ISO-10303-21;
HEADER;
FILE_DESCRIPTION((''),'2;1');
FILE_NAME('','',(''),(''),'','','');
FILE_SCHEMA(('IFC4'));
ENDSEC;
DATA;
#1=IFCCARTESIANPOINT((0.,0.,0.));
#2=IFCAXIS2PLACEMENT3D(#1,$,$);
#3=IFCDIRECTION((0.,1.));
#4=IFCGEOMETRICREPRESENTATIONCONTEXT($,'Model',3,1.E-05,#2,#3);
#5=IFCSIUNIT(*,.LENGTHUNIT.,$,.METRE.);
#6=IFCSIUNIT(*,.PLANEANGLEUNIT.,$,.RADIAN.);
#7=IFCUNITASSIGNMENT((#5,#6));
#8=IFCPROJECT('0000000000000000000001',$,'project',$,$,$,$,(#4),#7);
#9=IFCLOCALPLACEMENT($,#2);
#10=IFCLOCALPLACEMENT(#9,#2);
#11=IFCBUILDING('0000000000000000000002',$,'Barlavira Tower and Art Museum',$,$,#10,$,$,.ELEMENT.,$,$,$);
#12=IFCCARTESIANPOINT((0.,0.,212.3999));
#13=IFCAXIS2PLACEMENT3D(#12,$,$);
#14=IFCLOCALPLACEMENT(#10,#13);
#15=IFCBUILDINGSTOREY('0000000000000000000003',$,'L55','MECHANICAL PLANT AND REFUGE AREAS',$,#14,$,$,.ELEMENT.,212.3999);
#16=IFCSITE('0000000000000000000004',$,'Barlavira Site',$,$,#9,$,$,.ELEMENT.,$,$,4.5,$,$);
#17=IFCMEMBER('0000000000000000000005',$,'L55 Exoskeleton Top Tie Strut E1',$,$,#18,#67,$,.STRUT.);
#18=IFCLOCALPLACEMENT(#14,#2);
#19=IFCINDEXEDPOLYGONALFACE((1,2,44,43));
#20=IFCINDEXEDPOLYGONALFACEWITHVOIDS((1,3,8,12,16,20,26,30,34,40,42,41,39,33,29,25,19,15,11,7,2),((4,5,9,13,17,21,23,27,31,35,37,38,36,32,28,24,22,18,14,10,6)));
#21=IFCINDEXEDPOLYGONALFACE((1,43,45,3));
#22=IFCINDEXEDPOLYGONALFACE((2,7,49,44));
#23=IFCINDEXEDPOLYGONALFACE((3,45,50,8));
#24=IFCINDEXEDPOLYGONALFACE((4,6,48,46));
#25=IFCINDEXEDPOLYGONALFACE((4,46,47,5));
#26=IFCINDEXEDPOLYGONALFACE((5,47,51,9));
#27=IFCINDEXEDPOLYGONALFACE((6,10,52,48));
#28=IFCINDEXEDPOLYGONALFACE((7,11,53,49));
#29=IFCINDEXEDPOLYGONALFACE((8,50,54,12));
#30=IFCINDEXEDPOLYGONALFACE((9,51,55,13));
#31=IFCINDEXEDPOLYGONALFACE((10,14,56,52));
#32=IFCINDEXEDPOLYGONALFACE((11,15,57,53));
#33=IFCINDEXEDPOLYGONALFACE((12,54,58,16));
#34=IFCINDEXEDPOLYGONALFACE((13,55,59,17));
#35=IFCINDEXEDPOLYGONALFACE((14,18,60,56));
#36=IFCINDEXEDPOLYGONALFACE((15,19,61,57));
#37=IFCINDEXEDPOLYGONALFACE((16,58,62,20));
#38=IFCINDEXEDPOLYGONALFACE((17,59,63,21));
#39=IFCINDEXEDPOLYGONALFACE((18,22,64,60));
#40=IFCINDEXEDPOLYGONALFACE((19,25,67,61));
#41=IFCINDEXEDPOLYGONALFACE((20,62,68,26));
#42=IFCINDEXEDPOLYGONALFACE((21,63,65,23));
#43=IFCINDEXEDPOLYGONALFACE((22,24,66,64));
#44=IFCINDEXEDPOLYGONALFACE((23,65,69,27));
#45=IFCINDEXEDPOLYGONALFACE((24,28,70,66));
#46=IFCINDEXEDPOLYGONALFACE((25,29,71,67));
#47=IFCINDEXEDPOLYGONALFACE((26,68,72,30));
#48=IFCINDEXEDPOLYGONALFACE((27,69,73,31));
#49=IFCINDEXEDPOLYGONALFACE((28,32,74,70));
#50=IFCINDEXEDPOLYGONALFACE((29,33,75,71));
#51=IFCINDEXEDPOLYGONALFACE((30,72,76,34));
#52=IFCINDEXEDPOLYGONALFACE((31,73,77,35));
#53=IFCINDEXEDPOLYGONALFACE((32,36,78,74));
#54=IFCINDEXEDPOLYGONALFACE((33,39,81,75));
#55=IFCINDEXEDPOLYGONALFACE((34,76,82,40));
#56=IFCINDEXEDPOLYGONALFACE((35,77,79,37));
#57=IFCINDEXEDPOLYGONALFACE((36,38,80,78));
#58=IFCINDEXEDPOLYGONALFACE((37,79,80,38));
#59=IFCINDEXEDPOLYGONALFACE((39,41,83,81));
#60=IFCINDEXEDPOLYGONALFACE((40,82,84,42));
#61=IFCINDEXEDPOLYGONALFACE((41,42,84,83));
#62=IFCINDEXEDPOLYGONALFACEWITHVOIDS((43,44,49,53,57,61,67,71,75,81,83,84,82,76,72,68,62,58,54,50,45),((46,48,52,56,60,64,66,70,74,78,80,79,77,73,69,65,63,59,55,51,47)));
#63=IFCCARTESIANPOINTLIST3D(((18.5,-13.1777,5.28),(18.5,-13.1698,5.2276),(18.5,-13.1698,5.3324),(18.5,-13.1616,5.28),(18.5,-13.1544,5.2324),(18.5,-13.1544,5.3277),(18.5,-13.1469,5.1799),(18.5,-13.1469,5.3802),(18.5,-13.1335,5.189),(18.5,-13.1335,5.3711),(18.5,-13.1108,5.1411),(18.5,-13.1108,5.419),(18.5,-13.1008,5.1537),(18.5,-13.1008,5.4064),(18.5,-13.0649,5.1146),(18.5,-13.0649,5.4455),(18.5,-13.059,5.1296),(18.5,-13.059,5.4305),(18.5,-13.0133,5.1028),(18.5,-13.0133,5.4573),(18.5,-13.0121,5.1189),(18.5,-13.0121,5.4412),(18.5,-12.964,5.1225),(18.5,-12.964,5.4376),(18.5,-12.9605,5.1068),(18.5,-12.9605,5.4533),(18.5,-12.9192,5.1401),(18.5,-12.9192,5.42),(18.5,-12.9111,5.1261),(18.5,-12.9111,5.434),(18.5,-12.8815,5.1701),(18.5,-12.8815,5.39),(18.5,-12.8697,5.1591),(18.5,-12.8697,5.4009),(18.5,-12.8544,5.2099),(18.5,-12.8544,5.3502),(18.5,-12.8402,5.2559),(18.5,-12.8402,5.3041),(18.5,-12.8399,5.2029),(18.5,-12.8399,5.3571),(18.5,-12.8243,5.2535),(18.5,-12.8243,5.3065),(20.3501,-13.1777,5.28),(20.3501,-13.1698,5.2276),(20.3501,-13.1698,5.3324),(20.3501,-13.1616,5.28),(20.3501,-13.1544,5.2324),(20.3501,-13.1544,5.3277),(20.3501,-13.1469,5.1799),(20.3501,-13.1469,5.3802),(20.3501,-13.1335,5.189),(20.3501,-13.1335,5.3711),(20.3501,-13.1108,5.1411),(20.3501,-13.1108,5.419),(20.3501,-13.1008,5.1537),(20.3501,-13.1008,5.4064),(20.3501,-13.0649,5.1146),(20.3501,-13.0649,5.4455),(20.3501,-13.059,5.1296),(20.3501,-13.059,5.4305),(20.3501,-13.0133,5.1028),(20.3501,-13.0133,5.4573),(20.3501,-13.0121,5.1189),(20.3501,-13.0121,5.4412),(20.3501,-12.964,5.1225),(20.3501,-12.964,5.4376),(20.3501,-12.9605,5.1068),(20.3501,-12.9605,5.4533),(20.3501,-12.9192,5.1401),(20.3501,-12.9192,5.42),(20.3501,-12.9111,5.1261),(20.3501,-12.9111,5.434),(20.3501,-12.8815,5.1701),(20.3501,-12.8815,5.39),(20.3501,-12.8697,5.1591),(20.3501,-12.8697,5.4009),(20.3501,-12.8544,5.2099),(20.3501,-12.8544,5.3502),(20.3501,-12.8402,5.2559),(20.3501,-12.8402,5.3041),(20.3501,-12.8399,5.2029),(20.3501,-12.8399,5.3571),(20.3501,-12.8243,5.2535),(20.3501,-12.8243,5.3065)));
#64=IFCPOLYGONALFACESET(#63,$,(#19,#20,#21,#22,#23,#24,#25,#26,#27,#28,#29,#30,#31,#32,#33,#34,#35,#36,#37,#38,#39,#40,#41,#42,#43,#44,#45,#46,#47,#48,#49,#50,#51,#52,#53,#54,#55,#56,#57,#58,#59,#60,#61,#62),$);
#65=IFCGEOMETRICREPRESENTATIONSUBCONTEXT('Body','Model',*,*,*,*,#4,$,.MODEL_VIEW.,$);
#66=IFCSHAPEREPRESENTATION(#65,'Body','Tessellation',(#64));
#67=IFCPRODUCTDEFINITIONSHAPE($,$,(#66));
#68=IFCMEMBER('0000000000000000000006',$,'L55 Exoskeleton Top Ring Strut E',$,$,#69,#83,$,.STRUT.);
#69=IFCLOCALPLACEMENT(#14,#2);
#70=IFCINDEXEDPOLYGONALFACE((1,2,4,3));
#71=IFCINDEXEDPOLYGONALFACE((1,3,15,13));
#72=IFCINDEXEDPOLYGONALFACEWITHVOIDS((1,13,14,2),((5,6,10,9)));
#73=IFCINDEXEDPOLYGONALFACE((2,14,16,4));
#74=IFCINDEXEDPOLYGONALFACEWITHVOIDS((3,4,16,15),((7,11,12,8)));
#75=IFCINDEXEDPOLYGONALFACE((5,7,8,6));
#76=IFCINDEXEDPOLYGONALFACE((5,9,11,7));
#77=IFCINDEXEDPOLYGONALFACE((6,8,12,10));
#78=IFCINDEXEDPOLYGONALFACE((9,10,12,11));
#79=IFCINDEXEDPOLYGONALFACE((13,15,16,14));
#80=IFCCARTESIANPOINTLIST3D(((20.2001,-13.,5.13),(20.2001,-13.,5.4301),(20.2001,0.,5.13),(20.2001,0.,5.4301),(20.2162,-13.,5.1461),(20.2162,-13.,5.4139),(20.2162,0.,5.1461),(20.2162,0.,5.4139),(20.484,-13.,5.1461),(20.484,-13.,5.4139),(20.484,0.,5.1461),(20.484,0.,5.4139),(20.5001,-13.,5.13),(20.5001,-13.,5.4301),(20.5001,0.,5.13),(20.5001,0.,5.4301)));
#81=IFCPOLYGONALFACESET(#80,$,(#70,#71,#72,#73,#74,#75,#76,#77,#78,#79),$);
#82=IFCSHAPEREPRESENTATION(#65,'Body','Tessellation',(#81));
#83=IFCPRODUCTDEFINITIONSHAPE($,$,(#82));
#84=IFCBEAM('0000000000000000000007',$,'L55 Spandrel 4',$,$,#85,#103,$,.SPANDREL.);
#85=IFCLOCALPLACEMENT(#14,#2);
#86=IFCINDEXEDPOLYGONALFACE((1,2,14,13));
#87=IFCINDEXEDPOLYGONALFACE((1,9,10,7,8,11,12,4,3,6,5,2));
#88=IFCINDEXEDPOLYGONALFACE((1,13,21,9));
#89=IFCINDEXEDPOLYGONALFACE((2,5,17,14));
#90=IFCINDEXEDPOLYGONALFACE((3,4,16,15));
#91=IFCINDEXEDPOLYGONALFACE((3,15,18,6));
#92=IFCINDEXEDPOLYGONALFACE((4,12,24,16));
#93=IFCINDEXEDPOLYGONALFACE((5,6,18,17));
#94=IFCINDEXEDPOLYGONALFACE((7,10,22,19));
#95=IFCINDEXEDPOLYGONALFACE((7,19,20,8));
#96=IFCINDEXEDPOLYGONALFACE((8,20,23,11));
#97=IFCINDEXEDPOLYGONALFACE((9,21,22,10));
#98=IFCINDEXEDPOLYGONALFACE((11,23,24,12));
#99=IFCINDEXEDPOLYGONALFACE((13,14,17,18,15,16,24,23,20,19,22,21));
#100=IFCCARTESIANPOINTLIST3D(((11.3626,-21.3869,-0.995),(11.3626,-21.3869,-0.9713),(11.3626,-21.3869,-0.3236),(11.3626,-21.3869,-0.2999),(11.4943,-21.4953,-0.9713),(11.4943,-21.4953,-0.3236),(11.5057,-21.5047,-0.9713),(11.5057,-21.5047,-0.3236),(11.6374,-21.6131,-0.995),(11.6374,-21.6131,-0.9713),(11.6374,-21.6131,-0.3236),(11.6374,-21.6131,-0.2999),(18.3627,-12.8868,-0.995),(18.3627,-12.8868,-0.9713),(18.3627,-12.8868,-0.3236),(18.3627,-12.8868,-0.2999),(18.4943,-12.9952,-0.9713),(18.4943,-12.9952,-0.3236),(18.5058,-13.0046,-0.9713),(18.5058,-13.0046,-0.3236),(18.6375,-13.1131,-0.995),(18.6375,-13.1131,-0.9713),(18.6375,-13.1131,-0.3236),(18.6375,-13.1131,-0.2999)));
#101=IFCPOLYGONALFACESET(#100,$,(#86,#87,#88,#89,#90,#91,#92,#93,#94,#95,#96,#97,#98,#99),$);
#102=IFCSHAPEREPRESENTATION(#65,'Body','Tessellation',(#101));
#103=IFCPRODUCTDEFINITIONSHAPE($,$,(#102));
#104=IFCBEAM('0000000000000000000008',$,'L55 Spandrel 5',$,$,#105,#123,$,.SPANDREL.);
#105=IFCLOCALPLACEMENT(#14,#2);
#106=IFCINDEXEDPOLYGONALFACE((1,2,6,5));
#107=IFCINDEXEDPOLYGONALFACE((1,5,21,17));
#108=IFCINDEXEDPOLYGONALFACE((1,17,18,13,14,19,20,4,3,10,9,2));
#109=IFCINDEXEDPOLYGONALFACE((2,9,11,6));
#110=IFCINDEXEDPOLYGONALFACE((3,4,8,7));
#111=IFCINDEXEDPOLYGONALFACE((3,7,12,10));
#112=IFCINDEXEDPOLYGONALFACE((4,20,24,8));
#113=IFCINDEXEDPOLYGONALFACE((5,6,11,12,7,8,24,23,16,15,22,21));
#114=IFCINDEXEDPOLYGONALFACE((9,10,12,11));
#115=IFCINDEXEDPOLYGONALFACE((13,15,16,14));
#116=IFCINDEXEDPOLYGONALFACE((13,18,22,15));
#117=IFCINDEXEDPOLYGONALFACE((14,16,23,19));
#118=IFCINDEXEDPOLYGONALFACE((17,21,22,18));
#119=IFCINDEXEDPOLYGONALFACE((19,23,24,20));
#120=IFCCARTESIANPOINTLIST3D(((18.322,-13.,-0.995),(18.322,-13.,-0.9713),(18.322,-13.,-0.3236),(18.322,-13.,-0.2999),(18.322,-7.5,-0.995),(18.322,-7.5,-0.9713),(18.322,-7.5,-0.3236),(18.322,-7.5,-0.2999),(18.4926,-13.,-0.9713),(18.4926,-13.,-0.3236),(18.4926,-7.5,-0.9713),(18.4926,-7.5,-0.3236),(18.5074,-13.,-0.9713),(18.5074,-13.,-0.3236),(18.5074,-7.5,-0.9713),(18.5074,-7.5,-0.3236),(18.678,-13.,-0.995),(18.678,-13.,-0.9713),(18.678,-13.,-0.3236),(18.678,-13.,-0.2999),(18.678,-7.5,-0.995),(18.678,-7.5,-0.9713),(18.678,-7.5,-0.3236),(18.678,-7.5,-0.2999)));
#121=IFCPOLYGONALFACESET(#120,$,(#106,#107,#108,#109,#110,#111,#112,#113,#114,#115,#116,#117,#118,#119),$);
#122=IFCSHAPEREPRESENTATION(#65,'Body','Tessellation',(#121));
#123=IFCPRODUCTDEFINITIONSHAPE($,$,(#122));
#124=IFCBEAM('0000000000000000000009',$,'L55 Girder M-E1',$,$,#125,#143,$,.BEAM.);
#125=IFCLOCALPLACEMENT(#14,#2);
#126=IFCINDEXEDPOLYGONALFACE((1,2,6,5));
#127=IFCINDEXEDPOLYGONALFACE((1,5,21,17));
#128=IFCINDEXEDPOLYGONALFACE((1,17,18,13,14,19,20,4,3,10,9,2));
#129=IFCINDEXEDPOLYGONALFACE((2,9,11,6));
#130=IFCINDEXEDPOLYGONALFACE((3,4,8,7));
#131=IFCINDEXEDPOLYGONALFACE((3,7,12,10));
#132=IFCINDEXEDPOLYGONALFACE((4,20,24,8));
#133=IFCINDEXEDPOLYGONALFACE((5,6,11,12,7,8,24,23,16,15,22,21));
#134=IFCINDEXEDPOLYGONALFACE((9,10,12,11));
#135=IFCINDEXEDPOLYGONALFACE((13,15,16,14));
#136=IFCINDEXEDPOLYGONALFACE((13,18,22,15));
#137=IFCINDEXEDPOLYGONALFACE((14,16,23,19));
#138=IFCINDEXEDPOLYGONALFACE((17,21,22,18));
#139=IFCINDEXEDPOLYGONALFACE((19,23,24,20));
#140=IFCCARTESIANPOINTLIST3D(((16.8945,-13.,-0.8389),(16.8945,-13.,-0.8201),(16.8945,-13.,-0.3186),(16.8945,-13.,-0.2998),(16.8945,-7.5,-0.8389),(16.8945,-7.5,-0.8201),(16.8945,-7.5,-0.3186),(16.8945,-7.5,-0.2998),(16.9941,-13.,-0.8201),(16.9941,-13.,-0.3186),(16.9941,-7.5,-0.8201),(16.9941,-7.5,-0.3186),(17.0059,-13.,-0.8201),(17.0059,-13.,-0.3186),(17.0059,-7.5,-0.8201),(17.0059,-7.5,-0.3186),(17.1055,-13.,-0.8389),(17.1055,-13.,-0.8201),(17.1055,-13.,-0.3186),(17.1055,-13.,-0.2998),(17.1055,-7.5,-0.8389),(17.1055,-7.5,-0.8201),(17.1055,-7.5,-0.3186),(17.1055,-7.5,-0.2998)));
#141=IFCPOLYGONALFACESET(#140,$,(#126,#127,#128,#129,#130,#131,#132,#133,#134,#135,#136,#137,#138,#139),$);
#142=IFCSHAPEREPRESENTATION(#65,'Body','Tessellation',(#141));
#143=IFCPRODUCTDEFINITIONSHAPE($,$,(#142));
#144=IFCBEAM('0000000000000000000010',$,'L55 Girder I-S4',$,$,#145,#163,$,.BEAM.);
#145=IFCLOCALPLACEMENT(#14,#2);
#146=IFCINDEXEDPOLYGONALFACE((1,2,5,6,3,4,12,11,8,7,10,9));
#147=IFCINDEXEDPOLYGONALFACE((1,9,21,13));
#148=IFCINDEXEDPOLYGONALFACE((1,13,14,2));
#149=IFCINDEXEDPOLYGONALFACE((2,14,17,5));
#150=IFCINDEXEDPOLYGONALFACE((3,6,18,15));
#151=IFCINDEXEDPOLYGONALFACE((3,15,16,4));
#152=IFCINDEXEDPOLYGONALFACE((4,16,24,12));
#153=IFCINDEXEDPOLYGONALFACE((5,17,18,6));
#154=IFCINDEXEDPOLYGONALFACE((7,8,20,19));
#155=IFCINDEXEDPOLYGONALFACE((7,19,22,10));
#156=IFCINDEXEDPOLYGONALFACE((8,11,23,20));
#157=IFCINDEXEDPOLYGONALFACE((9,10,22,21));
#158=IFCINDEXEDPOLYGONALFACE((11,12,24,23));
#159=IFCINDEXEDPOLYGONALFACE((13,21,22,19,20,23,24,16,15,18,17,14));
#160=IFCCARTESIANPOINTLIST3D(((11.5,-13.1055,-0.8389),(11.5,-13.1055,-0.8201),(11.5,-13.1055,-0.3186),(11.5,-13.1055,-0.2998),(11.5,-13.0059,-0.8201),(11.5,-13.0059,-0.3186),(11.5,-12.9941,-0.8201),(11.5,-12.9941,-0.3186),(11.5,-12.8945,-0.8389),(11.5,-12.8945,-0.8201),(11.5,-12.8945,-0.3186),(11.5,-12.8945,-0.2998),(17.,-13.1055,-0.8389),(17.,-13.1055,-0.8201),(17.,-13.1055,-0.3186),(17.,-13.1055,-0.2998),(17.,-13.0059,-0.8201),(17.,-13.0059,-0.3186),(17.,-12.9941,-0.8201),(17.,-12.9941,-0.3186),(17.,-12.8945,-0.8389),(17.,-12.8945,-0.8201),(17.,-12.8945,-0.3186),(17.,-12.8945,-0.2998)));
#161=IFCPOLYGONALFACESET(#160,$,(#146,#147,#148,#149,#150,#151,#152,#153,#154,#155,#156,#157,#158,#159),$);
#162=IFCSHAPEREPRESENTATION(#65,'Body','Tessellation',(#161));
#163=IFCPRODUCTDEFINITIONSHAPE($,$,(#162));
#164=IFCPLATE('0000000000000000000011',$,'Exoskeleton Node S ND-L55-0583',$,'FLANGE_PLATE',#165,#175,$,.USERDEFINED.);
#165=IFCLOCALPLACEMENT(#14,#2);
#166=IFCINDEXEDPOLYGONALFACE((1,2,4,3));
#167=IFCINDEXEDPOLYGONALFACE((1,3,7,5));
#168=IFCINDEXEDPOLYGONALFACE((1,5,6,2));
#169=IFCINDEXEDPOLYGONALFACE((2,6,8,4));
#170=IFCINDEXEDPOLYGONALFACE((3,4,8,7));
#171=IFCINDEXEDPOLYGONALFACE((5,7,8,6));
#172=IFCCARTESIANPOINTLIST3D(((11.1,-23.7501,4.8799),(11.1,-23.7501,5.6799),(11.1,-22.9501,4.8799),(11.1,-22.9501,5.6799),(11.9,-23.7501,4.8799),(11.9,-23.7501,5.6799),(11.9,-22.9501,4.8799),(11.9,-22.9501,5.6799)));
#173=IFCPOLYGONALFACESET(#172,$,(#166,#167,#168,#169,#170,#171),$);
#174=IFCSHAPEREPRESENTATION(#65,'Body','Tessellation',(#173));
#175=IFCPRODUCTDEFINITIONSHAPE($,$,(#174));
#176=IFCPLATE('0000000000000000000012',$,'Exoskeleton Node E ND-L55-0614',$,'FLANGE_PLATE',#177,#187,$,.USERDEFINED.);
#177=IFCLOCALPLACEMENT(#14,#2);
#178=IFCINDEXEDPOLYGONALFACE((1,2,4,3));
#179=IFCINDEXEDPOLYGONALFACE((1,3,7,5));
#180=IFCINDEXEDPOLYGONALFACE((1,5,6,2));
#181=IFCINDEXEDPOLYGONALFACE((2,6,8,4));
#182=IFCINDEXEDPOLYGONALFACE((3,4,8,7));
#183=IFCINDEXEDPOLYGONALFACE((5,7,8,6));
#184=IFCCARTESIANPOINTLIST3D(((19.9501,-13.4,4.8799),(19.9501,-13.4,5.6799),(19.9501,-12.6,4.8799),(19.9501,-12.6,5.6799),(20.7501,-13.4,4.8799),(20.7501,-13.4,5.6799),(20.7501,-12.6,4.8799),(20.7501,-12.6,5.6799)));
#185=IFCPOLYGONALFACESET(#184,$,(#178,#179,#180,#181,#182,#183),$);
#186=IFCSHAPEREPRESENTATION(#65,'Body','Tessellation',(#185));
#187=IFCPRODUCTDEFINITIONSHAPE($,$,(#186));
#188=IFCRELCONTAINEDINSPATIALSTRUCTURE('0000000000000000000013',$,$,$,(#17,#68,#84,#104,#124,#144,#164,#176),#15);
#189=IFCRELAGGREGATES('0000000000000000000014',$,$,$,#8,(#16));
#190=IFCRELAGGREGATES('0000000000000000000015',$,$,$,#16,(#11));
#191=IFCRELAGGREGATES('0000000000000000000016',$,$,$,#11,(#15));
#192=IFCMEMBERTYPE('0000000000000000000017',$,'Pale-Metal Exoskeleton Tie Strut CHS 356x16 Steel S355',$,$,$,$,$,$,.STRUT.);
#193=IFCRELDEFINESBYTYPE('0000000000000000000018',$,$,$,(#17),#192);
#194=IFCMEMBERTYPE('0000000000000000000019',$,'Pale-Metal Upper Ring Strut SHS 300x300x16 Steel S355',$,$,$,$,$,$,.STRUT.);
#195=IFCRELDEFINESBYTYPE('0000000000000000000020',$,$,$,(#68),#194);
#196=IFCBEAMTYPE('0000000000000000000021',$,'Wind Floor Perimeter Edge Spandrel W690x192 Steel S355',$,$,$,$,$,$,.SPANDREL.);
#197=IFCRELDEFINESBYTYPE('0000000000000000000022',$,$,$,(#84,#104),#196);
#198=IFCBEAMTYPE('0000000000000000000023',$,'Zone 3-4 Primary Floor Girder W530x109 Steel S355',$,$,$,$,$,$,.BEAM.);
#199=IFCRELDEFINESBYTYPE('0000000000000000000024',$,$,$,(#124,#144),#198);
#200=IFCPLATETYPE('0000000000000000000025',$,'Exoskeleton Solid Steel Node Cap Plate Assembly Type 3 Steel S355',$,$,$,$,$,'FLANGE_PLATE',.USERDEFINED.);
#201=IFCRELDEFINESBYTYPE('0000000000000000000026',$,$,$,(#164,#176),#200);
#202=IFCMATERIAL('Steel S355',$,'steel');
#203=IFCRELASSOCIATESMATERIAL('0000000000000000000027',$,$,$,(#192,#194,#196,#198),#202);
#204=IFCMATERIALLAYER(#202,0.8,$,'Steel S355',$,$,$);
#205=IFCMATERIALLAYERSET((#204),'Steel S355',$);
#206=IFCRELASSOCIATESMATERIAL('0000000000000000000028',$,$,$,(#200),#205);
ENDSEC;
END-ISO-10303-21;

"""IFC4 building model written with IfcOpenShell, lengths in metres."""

from ifc_helpers import new_model, si_unit, direction, frame, origin, origin_2d, place, context, subcontext, project, spatial, rectangle, hollow_rectangle, hollow_circle, i_section, extrude, material, layer, layer_set, material_profile, profile_set, type_object, element, save


model = new_model("IFC4")

# Units and contexts
model_context = context("Model", 3, precision=1e-05, world=origin(), true_north=direction((0.0, 1.0)))
body_context = subcontext(model_context, "Body", "Model", "MODEL_VIEW")
ifc_project = project(units=[si_unit("LENGTHUNIT", "METRE"), si_unit("PLANEANGLEUNIT", "RADIAN")], contexts=[model_context])

# Site, building, storey
site_placement = place(None, origin())
site = spatial("IfcSite", under=ifc_project, at=site_placement, Name="Barlavira Site", CompositionType="ELEMENT", RefElevation=4.5)
building_placement = place(site_placement, origin())
building = spatial("IfcBuilding", under=site, at=building_placement, Name="Barlavira Tower and Art Museum", CompositionType="ELEMENT")
storey_placement = place(building_placement, frame((0.0, 0.0, 212.3999)))
storey = spatial("IfcBuildingStorey", under=building, at=storey_placement, Name="L55", Description="MECHANICAL PLANT AND REFUGE AREAS", CompositionType="ELEMENT", Elevation=212.3999)

# Members
ifc_material_1 = material(Name="Steel S355", Category="steel")
ifc_material_profile_1 = material_profile(ifc_material_1, hollow_circle(Radius=0.1777, WallThickness=0.0161, at=origin_2d()), Name="CHS 355.6x16.0")
ifc_profile_set_1 = profile_set([ifc_material_profile_1], Name="Steel S355")
member_type_1 = type_object("IfcMemberType", Name="Pale-Metal Exoskeleton Tie Strut CHS 356x16 Steel S355", PredefinedType="STRUT", material=ifc_profile_set_1)
for number, where, z_axis, x_axis, name in (
    (1, (20.3501, -13.0, 5.28), (-1.0, 0.0, 0.0), (0.0, -1.0, 0.0), "L55 Exoskeleton Top Tie Strut E1"),
):
    element("IfcMember", number, at=place(storey_placement, frame(where, z_axis=z_axis, x_axis=x_axis)), inside=storey, type_object=member_type_1, Name=name, PredefinedType="STRUT", context=body_context, shape_type="SweptSolid", body=[
        extrude(hollow_circle(Radius=0.1777, WallThickness=0.0161, at=origin_2d()), origin(), (0.0, 0.0, 1.0), 1.8501),
    ])
ifc_material_profile_2 = material_profile(ifc_material_1, hollow_rectangle(XDim=0.3, YDim=0.3, WallThickness=0.0161, at=origin_2d()), Name="SHS 300x300x16.0")
ifc_profile_set_2 = profile_set([ifc_material_profile_2], Name="Steel S355")
member_type_2 = type_object("IfcMemberType", Name="Pale-Metal Upper Ring Strut SHS 300x300x16 Steel S355", PredefinedType="STRUT", material=ifc_profile_set_2)
member_1_placement = place(storey_placement, frame((20.3501, -13.0, 5.28), z_axis=(0.0, 1.0, 0.0), x_axis=(-1.0, 0.0, 0.0)))
element("IfcMember", 2, at=member_1_placement, inside=storey, type_object=member_type_2, Name="L55 Exoskeleton Top Ring Strut E", PredefinedType="STRUT", context=body_context, shape_type="SweptSolid", body=[
    extrude(hollow_rectangle(XDim=0.3, YDim=0.3, WallThickness=0.0161, at=origin_2d()), origin(), (0.0, 0.0, 1.0), 13.0),
])

# Beams
ifc_material_profile_3 = material_profile(ifc_material_1, i_section(OverallWidth=0.356, OverallDepth=0.6951, WebThickness=0.0149, FlangeThickness=0.0237, at=origin_2d()), Name="W690x192.0")
ifc_profile_set_3 = profile_set([ifc_material_profile_3], Name="Steel S355")
beam_type_1 = type_object("IfcBeamType", Name="Wind Floor Perimeter Edge Spandrel W690x192 Steel S355", PredefinedType="SPANDREL", material=ifc_profile_set_3)
beam_1_placement = place(storey_placement, frame((11.5, -21.5, -0.6475), z_axis=(0.635707, 0.77193, 0.0), x_axis=(-0.77193, 0.635707, 0.0)))
element("IfcBeam", 3, at=beam_1_placement, inside=storey, type_object=beam_type_1, Name="L55 Spandrel 4", PredefinedType="SPANDREL", context=body_context, shape_type="SweptSolid", body=[
    extrude(i_section(OverallWidth=0.356, OverallDepth=0.6951, WebThickness=0.0149, FlangeThickness=0.0237, at=origin_2d()), origin(), (0.0, 0.0, 1.0), 11.0115),
])
beam_2_placement = place(storey_placement, frame((18.5, -13.0, -0.6475), z_axis=(0.0, 1.0, 0.0), x_axis=(-1.0, 0.0, 0.0)))
element("IfcBeam", 4, at=beam_2_placement, inside=storey, type_object=beam_type_1, Name="L55 Spandrel 5", PredefinedType="SPANDREL", context=body_context, shape_type="SweptSolid", body=[
    extrude(i_section(OverallWidth=0.356, OverallDepth=0.6951, WebThickness=0.0149, FlangeThickness=0.0237, at=origin_2d()), origin(), (0.0, 0.0, 1.0), 5.5),
])
ifc_material_profile_4 = material_profile(ifc_material_1, i_section(OverallWidth=0.2109, OverallDepth=0.5391, WebThickness=0.0117, FlangeThickness=0.0188, at=origin_2d()), Name="W530x109.0")
ifc_profile_set_4 = profile_set([ifc_material_profile_4], Name="Steel S355")
beam_type_2 = type_object("IfcBeamType", Name="Zone 3-4 Primary Floor Girder W530x109 Steel S355", PredefinedType="BEAM", material=ifc_profile_set_4)
for number, where, z_axis, x_axis, name in (
    (5, (17.0, -13.0, -0.5693), (0.0, 1.0, 0.0), (-1.0, 0.0, 0.0), "L55 Girder M-E1"),
    (6, (11.5, -13.0, -0.5693), (1.0, 0.0, 0.0), (0.0, 1.0, 0.0), "L55 Girder I-S4"),
):
    element("IfcBeam", number, at=place(storey_placement, frame(where, z_axis=z_axis, x_axis=x_axis)), inside=storey, type_object=beam_type_2, Name=name, PredefinedType="BEAM", context=body_context, shape_type="SweptSolid", body=[
        extrude(i_section(OverallWidth=0.2109, OverallDepth=0.5391, WebThickness=0.0117, FlangeThickness=0.0188, at=origin_2d()), origin(), (0.0, 0.0, 1.0), 5.5),
    ])

# Plates
ifc_layer_1 = layer(ifc_material_1, 0.8, Name="Steel S355")
ifc_layer_set_1 = layer_set([ifc_layer_1], Name="Steel S355")
plate_type_1 = type_object("IfcPlateType", Name="Exoskeleton Solid Steel Node Cap Plate Assembly Type 3 Steel S355", ElementType="FLANGE_PLATE", PredefinedType="USERDEFINED", material=ifc_layer_set_1)
for number, where, z_axis, x_axis, name in (
    (7, (11.5, -23.3501, 4.8799), (0.0, 0.0, 1.0), (1.0, 0.0, 0.0), "Exoskeleton Node S ND-L55-0583"),
    (8, (20.3501, -13.0, 4.8799), (0.0, 0.0, 1.0), (1.0, 0.0, 0.0), "Exoskeleton Node E ND-L55-0614"),
):
    element("IfcPlate", number, at=place(storey_placement, frame(where, z_axis=z_axis, x_axis=x_axis)), inside=storey, type_object=plate_type_1, Name=name, ObjectType="FLANGE_PLATE", PredefinedType="USERDEFINED", context=body_context, shape_type="SweptSolid", body=[
        extrude(rectangle(XDim=0.8, YDim=0.8, at=origin_2d()), origin(), (0.0, 0.0, 1.0), 0.8),
    ])

save(model, "model.ifc")
